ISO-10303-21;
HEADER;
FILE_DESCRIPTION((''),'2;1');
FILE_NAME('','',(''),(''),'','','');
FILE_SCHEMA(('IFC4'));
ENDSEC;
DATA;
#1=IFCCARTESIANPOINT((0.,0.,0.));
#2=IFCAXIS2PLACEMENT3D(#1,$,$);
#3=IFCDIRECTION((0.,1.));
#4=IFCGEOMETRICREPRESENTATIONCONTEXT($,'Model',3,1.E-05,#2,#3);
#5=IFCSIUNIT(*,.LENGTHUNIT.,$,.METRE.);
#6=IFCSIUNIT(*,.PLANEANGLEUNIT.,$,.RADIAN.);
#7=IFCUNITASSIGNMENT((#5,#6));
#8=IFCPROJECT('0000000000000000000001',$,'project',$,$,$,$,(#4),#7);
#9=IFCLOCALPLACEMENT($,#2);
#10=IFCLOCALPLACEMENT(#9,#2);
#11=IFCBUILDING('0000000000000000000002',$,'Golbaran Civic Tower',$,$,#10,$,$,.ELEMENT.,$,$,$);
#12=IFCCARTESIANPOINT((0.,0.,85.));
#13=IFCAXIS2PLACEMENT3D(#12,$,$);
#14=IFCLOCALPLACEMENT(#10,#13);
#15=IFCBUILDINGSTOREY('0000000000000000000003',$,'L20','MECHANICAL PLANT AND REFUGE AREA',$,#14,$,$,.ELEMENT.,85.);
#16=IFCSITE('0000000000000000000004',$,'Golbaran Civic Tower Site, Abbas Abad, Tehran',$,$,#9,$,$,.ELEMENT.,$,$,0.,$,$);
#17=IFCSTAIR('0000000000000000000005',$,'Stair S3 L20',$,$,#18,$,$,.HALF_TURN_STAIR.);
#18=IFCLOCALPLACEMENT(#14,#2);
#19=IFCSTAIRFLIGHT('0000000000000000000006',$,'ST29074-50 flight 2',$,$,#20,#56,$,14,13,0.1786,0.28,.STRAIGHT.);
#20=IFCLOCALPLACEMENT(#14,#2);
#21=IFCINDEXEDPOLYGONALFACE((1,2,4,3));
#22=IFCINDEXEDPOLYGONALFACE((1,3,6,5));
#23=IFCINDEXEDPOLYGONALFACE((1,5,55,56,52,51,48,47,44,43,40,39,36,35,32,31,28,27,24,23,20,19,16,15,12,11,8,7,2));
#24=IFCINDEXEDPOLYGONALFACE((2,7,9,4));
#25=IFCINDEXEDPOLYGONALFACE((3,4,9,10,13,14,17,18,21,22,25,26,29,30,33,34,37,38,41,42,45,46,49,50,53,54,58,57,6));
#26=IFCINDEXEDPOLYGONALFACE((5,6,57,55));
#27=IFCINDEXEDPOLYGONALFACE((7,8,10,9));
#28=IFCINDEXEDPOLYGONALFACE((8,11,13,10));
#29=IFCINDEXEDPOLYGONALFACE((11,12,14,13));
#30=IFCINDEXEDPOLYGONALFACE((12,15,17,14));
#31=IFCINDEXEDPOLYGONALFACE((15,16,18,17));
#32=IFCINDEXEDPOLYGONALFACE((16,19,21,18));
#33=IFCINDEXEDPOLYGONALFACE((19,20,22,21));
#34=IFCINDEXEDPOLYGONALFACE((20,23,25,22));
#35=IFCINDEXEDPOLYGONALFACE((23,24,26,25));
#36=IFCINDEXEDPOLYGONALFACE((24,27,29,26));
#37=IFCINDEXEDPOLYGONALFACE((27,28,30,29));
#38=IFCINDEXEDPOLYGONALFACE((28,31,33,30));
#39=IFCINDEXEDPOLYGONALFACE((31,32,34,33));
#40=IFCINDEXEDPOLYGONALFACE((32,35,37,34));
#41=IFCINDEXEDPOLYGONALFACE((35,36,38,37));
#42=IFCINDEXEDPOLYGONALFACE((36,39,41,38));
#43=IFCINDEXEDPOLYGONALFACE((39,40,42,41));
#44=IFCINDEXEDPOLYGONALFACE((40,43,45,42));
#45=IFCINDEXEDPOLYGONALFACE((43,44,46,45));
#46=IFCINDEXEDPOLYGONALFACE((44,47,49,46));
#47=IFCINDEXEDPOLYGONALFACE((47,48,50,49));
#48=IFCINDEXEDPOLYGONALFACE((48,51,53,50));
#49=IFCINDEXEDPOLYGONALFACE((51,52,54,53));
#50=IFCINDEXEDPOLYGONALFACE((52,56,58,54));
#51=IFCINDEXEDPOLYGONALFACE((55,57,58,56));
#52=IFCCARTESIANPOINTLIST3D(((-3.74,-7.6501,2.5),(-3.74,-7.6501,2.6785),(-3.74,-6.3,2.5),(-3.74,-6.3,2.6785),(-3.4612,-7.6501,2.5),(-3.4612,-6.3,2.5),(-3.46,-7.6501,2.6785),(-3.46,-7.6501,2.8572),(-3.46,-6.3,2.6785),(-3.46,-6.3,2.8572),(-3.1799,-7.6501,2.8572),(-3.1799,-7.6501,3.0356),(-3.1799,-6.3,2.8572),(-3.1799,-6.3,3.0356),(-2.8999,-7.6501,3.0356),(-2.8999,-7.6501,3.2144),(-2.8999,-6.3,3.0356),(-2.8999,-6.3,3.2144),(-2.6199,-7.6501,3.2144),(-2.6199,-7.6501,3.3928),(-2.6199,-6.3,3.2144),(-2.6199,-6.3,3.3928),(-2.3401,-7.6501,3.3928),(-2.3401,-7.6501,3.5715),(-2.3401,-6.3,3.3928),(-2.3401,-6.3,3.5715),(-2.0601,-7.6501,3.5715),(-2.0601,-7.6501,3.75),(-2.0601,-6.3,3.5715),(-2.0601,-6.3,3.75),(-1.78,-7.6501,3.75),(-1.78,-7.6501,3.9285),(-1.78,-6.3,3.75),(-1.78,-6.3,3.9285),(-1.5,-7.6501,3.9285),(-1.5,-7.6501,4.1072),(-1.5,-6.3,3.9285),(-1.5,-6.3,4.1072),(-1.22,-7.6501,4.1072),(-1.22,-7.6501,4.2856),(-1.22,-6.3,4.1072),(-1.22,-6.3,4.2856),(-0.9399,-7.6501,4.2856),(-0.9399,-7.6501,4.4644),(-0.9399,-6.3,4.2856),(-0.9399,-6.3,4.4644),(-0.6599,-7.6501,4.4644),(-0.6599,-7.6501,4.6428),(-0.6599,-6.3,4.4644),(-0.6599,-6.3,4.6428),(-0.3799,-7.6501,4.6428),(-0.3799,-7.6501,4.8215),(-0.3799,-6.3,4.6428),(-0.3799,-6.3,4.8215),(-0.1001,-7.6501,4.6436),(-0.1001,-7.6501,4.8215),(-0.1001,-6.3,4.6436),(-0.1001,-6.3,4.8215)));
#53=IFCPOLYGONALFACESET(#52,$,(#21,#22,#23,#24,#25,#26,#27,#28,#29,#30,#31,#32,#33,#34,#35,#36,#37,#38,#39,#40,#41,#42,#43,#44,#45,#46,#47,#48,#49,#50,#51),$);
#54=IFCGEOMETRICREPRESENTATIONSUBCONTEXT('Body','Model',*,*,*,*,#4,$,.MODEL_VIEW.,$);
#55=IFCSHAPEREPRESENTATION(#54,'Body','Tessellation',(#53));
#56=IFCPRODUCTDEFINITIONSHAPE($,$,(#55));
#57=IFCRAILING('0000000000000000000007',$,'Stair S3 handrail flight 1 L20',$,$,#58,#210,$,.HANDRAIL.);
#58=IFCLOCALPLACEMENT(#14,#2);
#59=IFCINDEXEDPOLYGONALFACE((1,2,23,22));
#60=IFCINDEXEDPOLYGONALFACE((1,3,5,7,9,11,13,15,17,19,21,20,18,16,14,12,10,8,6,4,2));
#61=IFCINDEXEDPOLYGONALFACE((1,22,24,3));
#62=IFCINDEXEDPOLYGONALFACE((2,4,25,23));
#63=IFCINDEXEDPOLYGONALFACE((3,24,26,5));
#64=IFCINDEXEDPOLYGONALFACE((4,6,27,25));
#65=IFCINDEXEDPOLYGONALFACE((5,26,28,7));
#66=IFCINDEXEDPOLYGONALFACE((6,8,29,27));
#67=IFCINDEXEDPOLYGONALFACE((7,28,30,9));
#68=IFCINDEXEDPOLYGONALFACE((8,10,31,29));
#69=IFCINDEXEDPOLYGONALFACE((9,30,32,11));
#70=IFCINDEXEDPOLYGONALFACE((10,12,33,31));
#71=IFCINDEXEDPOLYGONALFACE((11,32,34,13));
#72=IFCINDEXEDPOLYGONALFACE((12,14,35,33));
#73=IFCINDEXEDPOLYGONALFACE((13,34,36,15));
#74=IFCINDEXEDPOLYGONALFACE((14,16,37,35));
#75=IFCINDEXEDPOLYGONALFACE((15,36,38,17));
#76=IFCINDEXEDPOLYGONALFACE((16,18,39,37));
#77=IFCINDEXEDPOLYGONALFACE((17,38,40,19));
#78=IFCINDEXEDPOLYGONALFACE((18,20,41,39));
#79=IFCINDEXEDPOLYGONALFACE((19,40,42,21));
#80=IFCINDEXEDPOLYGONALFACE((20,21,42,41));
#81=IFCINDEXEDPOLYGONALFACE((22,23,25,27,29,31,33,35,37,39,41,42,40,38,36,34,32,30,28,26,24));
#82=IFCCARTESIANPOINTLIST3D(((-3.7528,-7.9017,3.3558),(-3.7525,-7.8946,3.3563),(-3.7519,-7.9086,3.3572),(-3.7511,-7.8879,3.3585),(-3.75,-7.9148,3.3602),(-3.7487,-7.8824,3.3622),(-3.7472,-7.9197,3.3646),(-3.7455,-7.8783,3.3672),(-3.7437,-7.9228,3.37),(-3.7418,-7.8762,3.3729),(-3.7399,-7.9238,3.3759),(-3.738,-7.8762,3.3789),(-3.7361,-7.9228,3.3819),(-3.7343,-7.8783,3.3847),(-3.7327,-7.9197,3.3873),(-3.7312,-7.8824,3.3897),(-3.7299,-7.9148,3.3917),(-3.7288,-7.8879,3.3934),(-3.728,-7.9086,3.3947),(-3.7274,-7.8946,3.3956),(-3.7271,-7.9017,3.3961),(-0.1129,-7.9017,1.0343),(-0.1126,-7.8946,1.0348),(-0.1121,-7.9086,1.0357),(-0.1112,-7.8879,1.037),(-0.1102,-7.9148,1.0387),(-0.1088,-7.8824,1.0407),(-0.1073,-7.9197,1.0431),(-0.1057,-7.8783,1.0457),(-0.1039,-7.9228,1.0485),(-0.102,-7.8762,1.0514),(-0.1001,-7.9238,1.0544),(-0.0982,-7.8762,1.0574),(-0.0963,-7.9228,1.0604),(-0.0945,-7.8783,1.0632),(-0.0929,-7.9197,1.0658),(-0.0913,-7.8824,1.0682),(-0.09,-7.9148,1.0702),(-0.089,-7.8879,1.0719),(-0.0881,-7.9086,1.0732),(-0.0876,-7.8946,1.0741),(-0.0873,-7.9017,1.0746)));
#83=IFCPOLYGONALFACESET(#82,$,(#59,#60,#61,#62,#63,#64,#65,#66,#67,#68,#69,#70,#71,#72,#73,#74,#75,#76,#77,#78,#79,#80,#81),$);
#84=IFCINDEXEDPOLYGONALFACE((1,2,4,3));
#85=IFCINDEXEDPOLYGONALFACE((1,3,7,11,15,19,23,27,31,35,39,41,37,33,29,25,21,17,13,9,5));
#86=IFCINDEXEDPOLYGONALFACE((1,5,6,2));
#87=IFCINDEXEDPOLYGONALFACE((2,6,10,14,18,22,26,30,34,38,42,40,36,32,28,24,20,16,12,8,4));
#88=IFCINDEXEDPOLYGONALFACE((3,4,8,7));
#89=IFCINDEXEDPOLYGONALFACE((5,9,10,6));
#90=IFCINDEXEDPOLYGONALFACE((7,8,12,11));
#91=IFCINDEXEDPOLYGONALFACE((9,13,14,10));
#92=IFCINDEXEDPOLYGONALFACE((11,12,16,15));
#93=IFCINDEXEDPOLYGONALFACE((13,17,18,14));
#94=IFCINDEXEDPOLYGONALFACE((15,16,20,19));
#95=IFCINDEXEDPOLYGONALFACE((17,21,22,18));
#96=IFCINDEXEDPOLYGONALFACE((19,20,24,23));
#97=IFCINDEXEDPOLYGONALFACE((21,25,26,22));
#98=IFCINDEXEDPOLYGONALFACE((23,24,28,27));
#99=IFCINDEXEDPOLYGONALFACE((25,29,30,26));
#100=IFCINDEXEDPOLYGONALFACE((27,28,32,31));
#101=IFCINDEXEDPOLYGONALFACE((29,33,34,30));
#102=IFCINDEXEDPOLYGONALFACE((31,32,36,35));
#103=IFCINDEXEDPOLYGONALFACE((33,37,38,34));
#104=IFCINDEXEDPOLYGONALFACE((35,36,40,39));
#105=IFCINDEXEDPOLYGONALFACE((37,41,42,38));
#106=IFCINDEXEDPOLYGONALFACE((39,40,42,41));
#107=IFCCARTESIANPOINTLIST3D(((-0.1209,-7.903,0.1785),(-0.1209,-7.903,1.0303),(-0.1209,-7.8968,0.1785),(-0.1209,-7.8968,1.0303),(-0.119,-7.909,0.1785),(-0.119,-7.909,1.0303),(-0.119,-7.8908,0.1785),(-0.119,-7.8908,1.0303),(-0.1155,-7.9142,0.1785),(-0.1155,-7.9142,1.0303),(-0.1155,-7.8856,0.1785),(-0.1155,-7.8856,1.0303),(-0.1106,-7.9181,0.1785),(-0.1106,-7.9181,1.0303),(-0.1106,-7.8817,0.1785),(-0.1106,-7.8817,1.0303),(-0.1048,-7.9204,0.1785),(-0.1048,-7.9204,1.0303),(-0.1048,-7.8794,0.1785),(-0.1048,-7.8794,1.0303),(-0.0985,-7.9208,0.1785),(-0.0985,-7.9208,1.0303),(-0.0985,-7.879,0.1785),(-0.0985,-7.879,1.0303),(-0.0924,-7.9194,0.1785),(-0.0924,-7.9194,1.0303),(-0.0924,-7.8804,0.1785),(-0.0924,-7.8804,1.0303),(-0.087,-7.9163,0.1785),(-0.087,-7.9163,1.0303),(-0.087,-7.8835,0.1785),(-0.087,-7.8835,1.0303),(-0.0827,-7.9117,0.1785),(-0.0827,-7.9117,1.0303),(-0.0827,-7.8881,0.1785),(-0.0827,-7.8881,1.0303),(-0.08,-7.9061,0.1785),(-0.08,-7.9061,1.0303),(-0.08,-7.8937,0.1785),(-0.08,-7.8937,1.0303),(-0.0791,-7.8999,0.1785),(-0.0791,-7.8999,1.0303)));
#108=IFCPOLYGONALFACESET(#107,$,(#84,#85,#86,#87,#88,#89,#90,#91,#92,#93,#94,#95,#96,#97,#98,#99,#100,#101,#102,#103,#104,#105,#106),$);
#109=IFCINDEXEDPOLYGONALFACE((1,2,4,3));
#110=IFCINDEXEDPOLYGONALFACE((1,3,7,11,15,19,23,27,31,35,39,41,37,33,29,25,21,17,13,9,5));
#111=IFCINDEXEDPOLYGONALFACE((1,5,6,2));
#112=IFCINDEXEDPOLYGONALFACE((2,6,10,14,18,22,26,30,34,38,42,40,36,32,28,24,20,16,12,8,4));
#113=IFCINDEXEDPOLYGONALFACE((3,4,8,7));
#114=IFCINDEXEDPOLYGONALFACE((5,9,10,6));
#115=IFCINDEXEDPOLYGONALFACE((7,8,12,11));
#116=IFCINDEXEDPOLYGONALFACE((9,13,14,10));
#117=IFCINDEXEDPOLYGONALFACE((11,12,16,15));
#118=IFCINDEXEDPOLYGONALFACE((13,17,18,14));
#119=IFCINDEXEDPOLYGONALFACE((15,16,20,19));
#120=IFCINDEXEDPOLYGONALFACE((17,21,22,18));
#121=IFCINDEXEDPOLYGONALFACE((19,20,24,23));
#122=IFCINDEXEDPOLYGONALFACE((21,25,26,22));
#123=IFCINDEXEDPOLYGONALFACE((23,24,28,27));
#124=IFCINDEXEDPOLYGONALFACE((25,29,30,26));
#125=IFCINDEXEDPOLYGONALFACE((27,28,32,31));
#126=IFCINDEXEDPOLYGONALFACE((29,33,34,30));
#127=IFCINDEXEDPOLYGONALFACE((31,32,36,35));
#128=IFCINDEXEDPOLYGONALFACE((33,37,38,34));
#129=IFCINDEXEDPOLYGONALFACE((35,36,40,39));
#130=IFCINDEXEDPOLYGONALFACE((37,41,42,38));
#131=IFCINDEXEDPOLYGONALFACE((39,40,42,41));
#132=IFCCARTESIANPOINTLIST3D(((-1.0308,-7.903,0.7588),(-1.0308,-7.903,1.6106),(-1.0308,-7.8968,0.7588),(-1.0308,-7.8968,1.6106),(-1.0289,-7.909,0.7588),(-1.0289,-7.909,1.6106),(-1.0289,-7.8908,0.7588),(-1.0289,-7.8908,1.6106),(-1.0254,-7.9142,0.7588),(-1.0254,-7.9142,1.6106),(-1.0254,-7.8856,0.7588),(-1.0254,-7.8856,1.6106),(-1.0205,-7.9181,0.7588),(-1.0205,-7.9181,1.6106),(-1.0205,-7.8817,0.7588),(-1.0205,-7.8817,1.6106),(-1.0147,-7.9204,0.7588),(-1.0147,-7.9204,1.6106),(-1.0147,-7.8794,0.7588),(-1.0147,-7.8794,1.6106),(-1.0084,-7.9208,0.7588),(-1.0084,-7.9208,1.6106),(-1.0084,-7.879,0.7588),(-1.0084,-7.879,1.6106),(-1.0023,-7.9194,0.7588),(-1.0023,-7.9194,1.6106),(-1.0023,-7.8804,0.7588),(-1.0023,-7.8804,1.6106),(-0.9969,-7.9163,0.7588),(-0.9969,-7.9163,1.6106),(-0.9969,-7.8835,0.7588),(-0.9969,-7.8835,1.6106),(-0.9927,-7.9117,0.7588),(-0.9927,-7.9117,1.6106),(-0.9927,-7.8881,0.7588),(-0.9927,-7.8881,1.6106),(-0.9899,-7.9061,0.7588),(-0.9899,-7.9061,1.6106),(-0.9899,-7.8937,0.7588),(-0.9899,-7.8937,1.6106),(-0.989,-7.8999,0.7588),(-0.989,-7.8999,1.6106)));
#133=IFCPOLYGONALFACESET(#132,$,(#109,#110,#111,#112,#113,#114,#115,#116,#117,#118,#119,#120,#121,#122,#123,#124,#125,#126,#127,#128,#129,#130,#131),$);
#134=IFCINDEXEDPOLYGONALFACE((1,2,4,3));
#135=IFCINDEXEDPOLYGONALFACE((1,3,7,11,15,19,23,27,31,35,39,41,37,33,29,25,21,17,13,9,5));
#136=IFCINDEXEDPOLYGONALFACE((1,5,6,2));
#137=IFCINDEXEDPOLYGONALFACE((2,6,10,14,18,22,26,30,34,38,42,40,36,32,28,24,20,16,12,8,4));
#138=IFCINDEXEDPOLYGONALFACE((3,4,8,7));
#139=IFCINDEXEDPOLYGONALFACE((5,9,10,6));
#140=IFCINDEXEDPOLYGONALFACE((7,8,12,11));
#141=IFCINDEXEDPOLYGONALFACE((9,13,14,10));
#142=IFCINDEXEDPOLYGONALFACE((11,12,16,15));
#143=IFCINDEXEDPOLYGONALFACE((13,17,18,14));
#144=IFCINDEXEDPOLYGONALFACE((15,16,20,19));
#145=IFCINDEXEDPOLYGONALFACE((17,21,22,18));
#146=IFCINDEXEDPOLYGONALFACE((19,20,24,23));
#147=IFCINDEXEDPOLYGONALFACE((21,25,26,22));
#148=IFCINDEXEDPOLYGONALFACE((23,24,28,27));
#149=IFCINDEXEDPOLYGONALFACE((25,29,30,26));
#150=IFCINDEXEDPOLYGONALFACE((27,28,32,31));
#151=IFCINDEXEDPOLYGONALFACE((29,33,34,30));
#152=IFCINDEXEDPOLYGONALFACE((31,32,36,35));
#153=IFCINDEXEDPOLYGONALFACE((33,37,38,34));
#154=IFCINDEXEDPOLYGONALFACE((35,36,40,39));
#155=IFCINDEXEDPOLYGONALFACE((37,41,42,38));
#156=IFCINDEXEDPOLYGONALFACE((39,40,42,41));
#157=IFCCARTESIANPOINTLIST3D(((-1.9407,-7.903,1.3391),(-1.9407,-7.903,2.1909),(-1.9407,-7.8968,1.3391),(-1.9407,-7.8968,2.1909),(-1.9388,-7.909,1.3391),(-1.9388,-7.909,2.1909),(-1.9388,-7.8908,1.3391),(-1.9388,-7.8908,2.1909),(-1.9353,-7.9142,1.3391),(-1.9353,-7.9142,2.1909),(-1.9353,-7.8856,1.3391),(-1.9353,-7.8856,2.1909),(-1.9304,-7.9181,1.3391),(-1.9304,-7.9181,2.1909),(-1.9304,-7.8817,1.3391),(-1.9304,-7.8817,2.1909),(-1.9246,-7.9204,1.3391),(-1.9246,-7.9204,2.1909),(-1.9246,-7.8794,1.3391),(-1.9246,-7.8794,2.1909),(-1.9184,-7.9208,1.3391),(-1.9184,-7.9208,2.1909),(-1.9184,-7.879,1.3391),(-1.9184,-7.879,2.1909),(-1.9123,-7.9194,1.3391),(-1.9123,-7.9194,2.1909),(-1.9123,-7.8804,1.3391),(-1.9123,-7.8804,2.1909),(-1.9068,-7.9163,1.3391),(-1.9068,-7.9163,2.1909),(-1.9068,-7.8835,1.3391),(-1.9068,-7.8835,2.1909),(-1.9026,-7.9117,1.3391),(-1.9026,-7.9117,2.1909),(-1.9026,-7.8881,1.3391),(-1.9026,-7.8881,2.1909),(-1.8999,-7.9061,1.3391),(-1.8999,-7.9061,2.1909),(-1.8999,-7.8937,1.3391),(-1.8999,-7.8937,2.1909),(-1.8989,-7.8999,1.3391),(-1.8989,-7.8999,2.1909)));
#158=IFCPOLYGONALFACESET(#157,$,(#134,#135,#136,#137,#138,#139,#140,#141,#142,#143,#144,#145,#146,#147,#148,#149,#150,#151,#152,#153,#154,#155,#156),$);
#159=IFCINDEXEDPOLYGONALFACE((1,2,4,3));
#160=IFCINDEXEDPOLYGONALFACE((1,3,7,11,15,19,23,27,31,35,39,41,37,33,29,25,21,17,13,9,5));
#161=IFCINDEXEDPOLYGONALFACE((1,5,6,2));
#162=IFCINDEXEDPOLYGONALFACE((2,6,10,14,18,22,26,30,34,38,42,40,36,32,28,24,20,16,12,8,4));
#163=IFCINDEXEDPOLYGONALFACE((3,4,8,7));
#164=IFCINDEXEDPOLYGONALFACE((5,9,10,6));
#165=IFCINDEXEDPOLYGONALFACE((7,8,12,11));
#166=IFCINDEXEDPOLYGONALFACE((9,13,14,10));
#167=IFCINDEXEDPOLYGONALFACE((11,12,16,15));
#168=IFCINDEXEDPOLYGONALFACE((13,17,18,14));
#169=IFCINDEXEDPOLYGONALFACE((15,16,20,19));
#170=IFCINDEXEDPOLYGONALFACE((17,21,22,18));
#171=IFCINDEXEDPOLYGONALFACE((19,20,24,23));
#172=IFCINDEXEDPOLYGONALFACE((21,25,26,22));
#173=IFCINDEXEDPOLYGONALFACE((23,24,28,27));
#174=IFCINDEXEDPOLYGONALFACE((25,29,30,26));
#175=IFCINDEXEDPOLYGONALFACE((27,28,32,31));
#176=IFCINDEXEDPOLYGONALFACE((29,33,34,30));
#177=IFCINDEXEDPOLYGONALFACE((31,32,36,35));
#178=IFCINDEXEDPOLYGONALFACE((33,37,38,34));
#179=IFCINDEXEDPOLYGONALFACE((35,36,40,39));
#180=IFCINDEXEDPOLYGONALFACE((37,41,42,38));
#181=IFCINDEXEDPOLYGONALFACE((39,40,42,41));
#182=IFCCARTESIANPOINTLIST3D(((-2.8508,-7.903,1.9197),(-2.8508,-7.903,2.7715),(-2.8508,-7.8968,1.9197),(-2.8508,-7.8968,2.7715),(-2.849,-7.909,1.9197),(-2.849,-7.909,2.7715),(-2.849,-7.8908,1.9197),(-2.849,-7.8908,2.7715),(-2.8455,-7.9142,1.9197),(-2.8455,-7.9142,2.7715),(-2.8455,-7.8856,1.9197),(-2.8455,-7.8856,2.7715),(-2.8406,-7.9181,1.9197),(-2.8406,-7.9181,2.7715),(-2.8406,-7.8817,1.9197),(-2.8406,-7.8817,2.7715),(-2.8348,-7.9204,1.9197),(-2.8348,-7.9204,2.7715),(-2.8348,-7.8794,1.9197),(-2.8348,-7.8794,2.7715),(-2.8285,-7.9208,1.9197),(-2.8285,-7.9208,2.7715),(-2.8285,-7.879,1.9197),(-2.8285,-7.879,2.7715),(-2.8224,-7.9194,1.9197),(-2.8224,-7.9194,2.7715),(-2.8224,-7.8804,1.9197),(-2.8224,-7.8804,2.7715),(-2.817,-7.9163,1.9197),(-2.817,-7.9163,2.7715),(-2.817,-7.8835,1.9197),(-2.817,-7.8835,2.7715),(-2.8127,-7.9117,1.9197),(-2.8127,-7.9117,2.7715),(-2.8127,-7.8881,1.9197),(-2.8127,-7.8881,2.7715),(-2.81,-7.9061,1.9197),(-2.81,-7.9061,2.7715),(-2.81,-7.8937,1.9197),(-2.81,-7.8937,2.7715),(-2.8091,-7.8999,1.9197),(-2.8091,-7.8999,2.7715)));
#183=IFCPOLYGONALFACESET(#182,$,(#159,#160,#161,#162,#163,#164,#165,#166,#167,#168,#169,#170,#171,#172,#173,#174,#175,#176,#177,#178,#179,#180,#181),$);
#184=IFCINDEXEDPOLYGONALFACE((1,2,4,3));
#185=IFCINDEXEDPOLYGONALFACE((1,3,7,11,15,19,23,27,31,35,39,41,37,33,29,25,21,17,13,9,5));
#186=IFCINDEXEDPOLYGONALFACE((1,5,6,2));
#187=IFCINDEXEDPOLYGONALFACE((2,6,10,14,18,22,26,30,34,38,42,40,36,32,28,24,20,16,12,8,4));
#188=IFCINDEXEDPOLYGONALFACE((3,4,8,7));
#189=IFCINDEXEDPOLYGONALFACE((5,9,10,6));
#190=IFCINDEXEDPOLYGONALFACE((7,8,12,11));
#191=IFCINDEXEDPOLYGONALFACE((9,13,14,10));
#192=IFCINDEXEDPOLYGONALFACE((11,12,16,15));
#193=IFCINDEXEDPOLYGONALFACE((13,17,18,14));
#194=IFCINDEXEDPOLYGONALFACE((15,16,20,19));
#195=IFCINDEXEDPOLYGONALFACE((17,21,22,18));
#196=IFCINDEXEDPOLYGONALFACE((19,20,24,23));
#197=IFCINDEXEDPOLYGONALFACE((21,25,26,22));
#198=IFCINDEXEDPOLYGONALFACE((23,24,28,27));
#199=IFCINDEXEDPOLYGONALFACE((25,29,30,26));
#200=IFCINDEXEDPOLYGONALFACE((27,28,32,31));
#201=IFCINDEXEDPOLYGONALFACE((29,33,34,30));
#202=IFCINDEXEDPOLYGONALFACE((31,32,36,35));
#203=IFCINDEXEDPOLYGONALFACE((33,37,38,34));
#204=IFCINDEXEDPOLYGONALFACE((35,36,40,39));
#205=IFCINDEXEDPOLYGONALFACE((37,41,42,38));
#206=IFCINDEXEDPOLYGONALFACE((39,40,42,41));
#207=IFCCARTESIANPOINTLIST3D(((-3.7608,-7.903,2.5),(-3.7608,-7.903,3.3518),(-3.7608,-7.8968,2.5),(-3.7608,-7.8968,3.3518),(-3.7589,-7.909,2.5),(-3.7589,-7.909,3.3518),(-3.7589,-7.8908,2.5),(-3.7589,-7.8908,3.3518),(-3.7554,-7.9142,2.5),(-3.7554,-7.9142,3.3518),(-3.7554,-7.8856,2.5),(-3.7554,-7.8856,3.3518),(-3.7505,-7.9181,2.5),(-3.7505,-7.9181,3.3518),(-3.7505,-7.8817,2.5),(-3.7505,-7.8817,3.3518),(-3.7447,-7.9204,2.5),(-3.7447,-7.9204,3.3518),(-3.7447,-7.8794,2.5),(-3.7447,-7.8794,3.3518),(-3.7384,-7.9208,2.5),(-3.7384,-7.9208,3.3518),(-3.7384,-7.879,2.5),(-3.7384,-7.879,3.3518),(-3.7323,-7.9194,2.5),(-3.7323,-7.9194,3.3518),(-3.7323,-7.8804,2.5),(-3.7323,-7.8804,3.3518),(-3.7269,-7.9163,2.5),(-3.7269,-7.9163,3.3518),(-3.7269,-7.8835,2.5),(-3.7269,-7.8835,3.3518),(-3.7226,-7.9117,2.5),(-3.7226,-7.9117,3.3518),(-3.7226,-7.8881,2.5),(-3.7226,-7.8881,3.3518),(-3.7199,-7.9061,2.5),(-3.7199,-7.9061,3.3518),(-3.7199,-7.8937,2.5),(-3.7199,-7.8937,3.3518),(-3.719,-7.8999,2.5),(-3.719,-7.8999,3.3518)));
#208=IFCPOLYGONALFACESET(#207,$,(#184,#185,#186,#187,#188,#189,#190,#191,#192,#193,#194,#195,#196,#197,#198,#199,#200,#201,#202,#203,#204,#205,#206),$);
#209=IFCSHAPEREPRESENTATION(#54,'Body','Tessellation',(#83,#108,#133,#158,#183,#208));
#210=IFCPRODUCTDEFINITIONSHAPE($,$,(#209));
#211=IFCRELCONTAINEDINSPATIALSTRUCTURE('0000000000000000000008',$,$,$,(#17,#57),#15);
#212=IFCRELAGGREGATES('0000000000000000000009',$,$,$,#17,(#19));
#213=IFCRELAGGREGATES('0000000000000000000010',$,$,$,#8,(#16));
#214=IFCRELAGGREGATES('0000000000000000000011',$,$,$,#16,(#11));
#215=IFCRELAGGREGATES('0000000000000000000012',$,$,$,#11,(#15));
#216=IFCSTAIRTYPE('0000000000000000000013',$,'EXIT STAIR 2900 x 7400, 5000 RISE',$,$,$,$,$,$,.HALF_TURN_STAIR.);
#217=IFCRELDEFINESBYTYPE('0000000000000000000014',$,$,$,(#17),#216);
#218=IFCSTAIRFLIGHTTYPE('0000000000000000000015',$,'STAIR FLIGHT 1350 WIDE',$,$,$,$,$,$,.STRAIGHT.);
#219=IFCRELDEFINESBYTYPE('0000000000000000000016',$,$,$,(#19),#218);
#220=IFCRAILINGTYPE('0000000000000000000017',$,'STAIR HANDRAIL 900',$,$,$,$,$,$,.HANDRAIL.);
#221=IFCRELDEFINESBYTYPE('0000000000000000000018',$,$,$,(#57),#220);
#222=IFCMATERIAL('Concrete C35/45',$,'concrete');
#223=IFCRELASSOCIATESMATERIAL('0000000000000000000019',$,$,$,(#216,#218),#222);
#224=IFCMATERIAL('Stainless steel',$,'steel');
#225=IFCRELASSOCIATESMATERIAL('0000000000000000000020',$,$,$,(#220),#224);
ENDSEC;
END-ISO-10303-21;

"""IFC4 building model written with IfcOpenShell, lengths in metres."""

from ifc_helpers import new_model, si_unit, direction, frame, origin, origin_2d, place, context, subcontext, project, spatial, polyline, circle, outline, extrude, material, type_object, element, aggregate, save


model = new_model("IFC4")

# Units and contexts
model_context = context("Model", 3, precision=1e-05, world=origin(), true_north=direction((0.0, 1.0)))
body_context = subcontext(model_context, "Body", "Model", "MODEL_VIEW")
ifc_project = project(units=[si_unit("LENGTHUNIT", "METRE"), si_unit("PLANEANGLEUNIT", "RADIAN")], contexts=[model_context])

# Site, building, storey
site_placement = place(None, origin())
site = spatial("IfcSite", under=ifc_project, at=site_placement, Name="Golbaran Civic Tower Site, Abbas Abad, Tehran", CompositionType="ELEMENT", RefElevation=0.0)
building_placement = place(site_placement, origin())
building = spatial("IfcBuilding", under=site, at=building_placement, Name="Golbaran Civic Tower", CompositionType="ELEMENT")
storey_placement = place(building_placement, frame((0.0, 0.0, 85.0)))
storey = spatial("IfcBuildingStorey", under=building, at=storey_placement, Name="L20", Description="MECHANICAL PLANT AND REFUGE AREA", CompositionType="ELEMENT", Elevation=85.0)

# Shared definitions
ifc_material_1 = material(Name="Stainless steel", Category="steel")

# Stair, stair flight
ifc_material_2 = material(Name="Concrete C35/45", Category="concrete")
stair_type = type_object("IfcStairType", Name="EXIT STAIR 2900 x 7400, 5000 RISE", PredefinedType="HALF_TURN_STAIR", material=ifc_material_2)
stair_placement = place(storey_placement, origin())
stair = element("IfcStair", 1, at=stair_placement, inside=storey, type_object=stair_type, Name="Stair S3 L20", PredefinedType="HALF_TURN_STAIR")
stair_flight_type = type_object("IfcStairFlightType", Name="STAIR FLIGHT 1350 WIDE", PredefinedType="STRAIGHT", material=ifc_material_2)
stair_flight_1_placement = place(storey_placement, frame((-3.74, -6.9751, 2.5), z_axis=(0.0, 0.0, 1.0), x_axis=(1.0, 0.0, 0.0)))
stair_flight_1 = element("IfcStairFlight", 2, at=stair_flight_1_placement, type_object=stair_flight_type, Name="ST29074-50 flight 2", NumberOfRisers=14, NumberOfTreads=13, PredefinedType="STRAIGHT", RiserHeight=0.1786, TreadLength=0.28, context=body_context, shape_type="SweptSolid", body=[
    extrude(outline(polyline([(0.0, 0.0), (0.0, 0.1785), (0.28, 0.1785), (0.28, 0.3572), (0.5601, 0.3572), (0.5601, 0.5356), (0.8401, 0.5356), (0.8401, 0.7144), (1.1201, 0.7144), (1.1201, 0.8928), (1.3999, 0.8928), (1.3999, 1.0715), (1.6799, 1.0715), (1.6799, 1.25), (1.96, 1.25), (1.96, 1.4285), (2.24, 1.4285), (2.24, 1.6072), (2.52, 1.6072), (2.52, 1.7856), (2.8, 1.7856), (2.8, 1.9644), (3.0801, 1.9644), (3.0801, 2.1428), (3.3601, 2.1428), (3.3601, 2.3215), (3.6399, 2.3215), (3.6399, 2.5), (3.6399, 2.1436), (0.2788, 0.0), (0.0, 0.0)])), frame((0.0, 0.675, 0.0), z_axis=(0.0, -1.0, 0.0), x_axis=(1.0, 0.0, 0.0)), (0.0, 0.0, 1.0), 1.3501),
])
aggregate(stair, [stair_flight_1])

# Railing
railing_type = type_object("IfcRailingType", Name="STAIR HANDRAIL 900", PredefinedType="HANDRAIL", material=ifc_material_1)
railing_1_placement = place(storey_placement, frame((-0.1001, -7.8999, 0.1785)))
element("IfcRailing", 3, at=railing_1_placement, inside=storey, type_object=railing_type, Name="Stair S3 handrail flight 1 L20", PredefinedType="HANDRAIL", context=body_context, shape_type="SweptSolid", body=[
    extrude(circle(Radius=0.0239, at=origin_2d()), frame((0.0, 0.0, 0.876), z_axis=(-0.843112, 0.0, 0.537739), x_axis=(0.0, -1.0, 0.0)), (0.0, 0.0, 1.0), 4.3171),
    extrude(circle(Radius=0.021, at=origin_2d()), origin(), (0.0, 0.0, 1.0), 0.8518),
    extrude(circle(Radius=0.021, at=origin_2d()), frame((-0.9099, 0.0, 0.5803)), (0.0, 0.0, 1.0), 0.8518),
    extrude(circle(Radius=0.021, at=origin_2d()), frame((-1.8198, 0.0, 1.1606)), (0.0, 0.0, 1.0), 0.8518),
    extrude(circle(Radius=0.021, at=origin_2d()), frame((-2.73, 0.0, 1.7412)), (0.0, 0.0, 1.0), 0.8518),
    extrude(circle(Radius=0.021, at=origin_2d()), frame((-3.6399, 0.0, 2.3215)), (0.0, 0.0, 1.0), 0.8518),
])

save(model, "model.ifc")
